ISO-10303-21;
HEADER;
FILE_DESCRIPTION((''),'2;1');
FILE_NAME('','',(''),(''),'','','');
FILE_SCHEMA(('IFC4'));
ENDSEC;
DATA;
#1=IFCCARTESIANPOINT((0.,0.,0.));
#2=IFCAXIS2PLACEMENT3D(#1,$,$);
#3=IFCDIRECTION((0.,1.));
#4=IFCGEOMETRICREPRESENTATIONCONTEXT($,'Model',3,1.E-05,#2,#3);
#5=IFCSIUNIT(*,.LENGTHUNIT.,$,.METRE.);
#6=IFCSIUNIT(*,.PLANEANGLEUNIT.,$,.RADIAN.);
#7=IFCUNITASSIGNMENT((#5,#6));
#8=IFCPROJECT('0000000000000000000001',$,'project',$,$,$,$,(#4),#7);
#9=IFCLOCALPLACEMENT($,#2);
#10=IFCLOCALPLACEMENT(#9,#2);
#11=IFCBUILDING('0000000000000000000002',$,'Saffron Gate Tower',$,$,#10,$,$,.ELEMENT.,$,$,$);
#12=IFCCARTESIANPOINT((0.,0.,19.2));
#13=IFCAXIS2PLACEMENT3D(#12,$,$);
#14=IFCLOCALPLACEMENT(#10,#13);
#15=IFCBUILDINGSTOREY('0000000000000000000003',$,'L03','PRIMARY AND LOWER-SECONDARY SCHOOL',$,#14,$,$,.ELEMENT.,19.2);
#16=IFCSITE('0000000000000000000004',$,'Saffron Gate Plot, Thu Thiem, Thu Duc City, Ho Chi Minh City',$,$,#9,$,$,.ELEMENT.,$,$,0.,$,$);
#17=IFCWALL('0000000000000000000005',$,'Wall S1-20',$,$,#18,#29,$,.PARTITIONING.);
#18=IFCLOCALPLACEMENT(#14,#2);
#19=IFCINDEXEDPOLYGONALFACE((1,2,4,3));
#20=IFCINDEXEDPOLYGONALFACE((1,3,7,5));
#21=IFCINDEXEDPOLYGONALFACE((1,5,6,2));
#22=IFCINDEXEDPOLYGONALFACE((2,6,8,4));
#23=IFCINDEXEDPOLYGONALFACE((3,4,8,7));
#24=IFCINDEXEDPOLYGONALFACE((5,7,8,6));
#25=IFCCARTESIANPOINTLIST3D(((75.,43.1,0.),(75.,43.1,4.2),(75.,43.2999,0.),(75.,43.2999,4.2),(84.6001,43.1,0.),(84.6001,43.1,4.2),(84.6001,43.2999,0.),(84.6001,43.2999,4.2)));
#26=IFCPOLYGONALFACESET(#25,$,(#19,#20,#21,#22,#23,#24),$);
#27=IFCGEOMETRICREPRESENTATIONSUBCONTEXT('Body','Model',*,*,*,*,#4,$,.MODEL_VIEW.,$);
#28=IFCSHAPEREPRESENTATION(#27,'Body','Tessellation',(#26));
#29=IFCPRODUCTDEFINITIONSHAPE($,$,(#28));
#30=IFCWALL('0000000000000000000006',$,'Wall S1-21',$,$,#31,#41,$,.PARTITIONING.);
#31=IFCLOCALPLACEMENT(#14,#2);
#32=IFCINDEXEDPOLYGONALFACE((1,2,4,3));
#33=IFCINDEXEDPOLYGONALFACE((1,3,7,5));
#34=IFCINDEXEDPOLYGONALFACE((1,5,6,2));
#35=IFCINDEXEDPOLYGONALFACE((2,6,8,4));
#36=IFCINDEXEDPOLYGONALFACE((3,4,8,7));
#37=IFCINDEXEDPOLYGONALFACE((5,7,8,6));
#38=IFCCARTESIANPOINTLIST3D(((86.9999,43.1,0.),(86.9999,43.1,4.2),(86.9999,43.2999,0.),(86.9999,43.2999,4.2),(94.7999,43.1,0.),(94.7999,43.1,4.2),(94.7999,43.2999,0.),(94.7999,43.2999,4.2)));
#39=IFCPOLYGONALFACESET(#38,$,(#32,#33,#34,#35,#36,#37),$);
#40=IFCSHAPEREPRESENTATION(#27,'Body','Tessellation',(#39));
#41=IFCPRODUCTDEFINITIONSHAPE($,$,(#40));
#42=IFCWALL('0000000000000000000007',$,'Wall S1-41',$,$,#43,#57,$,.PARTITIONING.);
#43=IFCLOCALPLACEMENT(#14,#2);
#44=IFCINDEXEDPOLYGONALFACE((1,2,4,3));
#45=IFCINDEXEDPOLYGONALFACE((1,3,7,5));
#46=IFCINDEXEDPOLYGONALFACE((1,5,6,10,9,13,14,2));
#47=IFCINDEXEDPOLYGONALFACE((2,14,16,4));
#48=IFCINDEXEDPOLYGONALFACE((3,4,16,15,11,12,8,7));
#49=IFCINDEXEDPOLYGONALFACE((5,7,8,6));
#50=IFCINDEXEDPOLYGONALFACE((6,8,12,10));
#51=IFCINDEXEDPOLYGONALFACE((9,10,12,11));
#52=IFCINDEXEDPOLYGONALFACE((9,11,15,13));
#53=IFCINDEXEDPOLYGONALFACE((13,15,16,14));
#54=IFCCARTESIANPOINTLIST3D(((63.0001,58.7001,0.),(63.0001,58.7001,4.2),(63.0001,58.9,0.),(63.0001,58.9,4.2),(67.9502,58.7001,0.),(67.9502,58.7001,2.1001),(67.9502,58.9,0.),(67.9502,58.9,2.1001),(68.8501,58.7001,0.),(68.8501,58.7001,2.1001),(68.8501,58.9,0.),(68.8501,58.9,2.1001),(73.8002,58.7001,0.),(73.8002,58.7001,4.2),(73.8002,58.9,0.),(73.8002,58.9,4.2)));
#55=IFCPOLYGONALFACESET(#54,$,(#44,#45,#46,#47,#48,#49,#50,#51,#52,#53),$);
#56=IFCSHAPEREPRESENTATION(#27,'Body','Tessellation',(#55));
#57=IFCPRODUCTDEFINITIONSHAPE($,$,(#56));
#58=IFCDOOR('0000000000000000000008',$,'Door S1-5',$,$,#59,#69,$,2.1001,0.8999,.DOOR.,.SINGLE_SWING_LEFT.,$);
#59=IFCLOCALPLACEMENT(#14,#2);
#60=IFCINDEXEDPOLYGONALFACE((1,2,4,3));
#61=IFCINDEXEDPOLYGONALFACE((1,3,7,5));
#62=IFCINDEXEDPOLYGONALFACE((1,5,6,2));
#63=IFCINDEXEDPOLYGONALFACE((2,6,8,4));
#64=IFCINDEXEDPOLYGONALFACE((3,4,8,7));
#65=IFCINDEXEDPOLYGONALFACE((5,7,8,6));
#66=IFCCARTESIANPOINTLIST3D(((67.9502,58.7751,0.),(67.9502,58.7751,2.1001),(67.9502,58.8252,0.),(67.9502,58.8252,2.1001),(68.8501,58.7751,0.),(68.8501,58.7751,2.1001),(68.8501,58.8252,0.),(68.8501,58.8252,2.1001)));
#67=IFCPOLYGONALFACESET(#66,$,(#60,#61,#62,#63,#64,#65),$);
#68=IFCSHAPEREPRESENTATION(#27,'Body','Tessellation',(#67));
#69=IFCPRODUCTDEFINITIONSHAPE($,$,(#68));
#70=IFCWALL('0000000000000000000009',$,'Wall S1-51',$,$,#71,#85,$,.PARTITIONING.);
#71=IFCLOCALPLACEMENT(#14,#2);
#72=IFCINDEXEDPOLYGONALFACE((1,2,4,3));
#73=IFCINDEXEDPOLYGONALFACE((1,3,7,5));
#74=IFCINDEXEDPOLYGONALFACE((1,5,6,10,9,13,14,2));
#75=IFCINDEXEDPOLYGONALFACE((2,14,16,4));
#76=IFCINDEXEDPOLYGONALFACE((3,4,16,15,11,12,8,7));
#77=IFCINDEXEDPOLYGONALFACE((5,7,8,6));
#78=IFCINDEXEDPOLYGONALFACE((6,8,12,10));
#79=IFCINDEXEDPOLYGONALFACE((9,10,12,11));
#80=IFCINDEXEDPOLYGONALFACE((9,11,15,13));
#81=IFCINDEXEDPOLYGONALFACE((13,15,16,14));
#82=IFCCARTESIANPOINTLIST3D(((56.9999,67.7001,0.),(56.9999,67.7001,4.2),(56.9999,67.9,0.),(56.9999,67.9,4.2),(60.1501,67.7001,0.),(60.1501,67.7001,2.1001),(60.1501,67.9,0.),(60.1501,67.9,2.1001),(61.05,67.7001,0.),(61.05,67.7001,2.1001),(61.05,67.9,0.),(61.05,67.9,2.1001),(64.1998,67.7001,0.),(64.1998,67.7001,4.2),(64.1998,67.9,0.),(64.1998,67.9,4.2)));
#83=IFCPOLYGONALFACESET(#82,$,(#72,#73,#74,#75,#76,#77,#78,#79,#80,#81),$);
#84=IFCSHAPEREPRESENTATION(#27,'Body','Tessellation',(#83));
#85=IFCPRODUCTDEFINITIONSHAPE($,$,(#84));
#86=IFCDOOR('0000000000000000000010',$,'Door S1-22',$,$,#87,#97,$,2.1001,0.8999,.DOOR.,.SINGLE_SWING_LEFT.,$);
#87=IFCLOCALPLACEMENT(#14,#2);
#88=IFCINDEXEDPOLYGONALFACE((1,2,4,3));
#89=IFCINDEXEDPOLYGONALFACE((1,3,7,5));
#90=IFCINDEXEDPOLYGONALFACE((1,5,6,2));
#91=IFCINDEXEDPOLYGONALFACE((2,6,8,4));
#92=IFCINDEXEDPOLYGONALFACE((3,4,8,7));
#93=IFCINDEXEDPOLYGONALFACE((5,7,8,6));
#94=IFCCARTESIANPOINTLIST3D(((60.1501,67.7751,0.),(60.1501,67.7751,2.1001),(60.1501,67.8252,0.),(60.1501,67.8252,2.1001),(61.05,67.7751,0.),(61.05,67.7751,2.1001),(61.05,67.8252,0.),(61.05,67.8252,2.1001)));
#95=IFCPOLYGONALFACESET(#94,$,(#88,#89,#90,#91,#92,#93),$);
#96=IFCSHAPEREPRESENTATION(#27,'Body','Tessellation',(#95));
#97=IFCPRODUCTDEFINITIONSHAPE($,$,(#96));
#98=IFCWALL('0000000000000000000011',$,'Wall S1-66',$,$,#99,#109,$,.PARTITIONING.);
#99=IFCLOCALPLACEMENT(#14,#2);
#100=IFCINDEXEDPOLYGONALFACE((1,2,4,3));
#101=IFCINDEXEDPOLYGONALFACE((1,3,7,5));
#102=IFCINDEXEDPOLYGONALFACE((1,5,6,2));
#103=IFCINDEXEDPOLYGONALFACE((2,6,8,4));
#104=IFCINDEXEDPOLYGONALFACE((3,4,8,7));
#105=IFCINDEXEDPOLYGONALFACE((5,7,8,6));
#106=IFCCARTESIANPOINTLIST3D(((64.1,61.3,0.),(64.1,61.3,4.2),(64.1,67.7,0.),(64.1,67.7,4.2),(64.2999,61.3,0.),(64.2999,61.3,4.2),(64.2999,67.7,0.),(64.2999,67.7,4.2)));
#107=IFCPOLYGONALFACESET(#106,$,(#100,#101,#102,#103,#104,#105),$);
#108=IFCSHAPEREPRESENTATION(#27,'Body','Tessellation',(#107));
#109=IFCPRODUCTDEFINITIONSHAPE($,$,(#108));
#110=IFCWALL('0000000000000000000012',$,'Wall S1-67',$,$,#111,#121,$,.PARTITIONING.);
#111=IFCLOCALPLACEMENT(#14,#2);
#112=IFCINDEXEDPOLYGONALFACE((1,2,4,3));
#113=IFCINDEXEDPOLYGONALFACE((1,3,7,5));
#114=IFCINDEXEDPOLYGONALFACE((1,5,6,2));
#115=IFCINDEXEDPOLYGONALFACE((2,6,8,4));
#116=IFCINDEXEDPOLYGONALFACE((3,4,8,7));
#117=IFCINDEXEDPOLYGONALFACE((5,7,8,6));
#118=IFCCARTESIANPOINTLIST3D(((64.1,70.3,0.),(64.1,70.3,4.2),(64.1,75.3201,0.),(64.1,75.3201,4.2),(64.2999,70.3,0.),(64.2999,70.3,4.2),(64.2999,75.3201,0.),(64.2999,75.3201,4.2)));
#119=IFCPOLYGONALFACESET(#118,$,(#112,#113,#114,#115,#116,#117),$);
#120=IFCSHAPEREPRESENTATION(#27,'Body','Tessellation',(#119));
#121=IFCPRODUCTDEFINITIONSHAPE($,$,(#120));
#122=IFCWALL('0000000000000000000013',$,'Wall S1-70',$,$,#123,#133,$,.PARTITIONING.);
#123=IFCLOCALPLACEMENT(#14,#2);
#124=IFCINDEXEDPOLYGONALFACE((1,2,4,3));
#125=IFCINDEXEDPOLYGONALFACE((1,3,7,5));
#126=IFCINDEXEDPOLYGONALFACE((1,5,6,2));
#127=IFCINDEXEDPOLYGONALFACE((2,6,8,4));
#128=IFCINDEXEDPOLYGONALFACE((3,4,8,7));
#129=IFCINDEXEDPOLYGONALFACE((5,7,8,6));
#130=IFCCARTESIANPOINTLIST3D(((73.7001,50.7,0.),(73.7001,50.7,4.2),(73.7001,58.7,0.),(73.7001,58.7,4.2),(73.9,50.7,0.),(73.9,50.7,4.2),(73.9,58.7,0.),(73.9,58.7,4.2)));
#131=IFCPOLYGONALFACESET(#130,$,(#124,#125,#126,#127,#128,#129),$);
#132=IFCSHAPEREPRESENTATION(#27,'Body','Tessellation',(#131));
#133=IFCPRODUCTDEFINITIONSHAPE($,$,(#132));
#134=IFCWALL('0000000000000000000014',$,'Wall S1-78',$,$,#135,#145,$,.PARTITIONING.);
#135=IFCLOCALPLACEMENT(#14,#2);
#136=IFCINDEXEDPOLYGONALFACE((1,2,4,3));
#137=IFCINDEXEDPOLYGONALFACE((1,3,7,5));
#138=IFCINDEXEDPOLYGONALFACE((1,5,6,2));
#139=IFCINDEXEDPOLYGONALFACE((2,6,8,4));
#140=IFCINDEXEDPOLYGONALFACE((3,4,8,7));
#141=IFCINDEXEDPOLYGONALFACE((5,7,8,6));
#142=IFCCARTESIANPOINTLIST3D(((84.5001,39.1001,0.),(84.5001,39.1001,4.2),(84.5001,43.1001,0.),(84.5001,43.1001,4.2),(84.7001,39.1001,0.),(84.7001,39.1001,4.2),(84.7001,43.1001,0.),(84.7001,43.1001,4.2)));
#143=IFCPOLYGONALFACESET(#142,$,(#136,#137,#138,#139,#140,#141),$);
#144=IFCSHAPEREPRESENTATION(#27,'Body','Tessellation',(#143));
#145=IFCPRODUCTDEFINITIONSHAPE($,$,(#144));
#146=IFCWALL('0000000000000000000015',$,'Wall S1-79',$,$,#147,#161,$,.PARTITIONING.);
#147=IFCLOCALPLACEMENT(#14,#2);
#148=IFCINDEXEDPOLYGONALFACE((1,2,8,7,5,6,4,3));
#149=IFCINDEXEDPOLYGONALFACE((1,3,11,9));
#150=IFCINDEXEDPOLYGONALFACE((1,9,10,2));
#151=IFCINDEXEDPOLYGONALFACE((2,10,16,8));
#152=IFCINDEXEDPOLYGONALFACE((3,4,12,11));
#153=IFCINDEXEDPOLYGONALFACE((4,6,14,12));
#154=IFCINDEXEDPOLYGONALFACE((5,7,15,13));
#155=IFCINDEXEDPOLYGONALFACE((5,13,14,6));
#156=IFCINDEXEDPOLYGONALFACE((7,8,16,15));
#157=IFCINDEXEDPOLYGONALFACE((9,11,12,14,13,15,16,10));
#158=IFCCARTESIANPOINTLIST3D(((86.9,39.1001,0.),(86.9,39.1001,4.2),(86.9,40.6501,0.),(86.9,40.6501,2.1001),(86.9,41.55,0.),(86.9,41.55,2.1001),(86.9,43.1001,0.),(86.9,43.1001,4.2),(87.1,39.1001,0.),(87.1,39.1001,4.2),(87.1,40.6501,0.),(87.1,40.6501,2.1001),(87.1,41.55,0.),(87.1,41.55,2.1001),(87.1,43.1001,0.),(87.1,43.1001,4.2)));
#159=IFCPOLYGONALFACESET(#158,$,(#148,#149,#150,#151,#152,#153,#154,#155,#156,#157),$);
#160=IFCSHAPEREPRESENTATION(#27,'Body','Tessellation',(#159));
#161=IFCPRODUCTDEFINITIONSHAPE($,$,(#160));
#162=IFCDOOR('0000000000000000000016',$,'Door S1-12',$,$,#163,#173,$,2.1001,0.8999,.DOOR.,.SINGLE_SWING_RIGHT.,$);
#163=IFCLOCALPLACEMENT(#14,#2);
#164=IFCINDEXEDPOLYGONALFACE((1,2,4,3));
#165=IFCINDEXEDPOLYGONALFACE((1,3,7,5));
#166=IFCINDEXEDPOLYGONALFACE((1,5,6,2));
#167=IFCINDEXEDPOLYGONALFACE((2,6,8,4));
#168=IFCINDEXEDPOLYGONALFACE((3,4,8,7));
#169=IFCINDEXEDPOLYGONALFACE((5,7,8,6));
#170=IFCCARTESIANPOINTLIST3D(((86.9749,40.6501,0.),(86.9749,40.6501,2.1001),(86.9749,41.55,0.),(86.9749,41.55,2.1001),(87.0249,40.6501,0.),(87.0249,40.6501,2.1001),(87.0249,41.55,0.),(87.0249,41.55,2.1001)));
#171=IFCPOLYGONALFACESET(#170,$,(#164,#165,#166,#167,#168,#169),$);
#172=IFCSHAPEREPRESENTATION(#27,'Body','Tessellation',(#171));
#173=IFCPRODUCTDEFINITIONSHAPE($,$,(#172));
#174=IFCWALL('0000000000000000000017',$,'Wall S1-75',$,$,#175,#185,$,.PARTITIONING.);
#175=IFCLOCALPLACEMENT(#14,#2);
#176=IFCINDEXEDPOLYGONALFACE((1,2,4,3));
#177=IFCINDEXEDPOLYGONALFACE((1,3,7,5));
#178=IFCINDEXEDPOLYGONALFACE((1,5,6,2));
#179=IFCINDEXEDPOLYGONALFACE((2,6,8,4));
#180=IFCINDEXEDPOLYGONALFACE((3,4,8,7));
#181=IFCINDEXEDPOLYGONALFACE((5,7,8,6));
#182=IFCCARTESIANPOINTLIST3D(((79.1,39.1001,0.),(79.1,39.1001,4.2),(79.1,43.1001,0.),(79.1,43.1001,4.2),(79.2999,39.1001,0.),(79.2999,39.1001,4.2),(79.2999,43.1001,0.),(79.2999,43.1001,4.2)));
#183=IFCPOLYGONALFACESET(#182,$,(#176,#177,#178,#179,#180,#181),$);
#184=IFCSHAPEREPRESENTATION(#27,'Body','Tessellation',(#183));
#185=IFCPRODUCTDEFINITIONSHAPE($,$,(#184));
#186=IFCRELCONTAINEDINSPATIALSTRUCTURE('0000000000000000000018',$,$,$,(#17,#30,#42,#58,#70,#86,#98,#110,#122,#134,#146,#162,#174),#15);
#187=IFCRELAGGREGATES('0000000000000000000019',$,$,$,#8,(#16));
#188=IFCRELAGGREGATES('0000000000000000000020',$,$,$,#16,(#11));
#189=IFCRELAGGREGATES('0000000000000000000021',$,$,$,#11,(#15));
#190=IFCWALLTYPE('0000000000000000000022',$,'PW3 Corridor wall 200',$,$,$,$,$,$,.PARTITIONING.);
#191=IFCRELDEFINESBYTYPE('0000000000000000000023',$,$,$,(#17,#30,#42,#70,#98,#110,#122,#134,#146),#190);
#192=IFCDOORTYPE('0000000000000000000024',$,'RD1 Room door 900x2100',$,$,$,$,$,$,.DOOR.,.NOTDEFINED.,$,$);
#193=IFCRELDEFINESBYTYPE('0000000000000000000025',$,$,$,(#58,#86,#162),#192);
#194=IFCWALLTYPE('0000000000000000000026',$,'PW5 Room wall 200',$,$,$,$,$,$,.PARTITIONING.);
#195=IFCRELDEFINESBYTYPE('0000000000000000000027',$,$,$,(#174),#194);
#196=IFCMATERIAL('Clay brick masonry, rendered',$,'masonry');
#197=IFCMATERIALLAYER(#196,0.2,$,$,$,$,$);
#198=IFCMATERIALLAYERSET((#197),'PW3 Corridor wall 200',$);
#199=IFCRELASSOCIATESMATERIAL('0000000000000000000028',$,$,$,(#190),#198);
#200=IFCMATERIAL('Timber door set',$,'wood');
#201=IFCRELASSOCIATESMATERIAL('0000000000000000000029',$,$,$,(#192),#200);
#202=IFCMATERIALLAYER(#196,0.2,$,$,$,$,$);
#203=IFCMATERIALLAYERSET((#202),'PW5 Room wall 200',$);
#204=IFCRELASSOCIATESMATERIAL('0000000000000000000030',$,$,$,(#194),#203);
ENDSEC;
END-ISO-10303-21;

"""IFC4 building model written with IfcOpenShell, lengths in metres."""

from ifc_helpers import new_model, si_unit, direction, frame, frame_2d, origin, place, context, subcontext, project, spatial, rectangle, extrude, material, layer, layer_set, type_object, element, fill, save


model = new_model("IFC4")

# Units and contexts
model_context = context("Model", 3, precision=1e-05, world=origin(), true_north=direction((0.0, 1.0)))
body_context = subcontext(model_context, "Body", "Model", "MODEL_VIEW")
ifc_project = project(units=[si_unit("LENGTHUNIT", "METRE"), si_unit("PLANEANGLEUNIT", "RADIAN")], contexts=[model_context])

# Site, building, storey
site_placement = place(None, origin())
site = spatial("IfcSite", under=ifc_project, at=site_placement, Name="Saffron Gate Plot, Thu Thiem, Thu Duc City, Ho Chi Minh City", CompositionType="ELEMENT", RefElevation=0.0)
building_placement = place(site_placement, origin())
building = spatial("IfcBuilding", under=site, at=building_placement, Name="Saffron Gate Tower", CompositionType="ELEMENT")
storey_placement = place(building_placement, frame((0.0, 0.0, 19.2)))
storey = spatial("IfcBuildingStorey", under=building, at=storey_placement, Name="L03", Description="PRIMARY AND LOWER-SECONDARY SCHOOL", CompositionType="ELEMENT", Elevation=19.2)

# Walls
ifc_material_1 = material(Name="Clay brick masonry, rendered", Category="masonry")
ifc_layer_1 = layer(ifc_material_1, 0.2)
ifc_layer_set_1 = layer_set([ifc_layer_1], Name="PW3 Corridor wall 200")
wall_type_1 = type_object("IfcWallType", Name="PW3 Corridor wall 200", PredefinedType="PARTITIONING", material=ifc_layer_set_1)
wall_1_placement = place(storey_placement, frame((75.0, 43.2, 0.0), z_axis=(0.0, 0.0, 1.0), x_axis=(1.0, 0.0, 0.0)))
element("IfcWall", 1, at=wall_1_placement, inside=storey, type_object=wall_type_1, Name="Wall S1-20", PredefinedType="PARTITIONING", context=body_context, shape_type="SweptSolid", body=[
    extrude(rectangle(XDim=9.6001, YDim=0.2, at=frame_2d((4.8, 0.0))), origin(), (0.0, 0.0, 1.0), 4.2),
])
wall_2_placement = place(storey_placement, frame((87.0, 43.2, 0.0), z_axis=(0.0, 0.0, 1.0), x_axis=(1.0, 0.0, 0.0)))
element("IfcWall", 2, at=wall_2_placement, inside=storey, type_object=wall_type_1, Name="Wall S1-21", PredefinedType="PARTITIONING", context=body_context, shape_type="SweptSolid", body=[
    extrude(rectangle(XDim=7.8, YDim=0.2, at=frame_2d((3.8999, 0.0))), origin(), (0.0, 0.0, 1.0), 4.2),
])

# Walls, openings, doors
wall_3_placement = place(storey_placement, frame((73.8, 58.8, 0.0), z_axis=(0.0, 0.0, 1.0), x_axis=(-1.0, 0.0, 0.0)))
wall_3 = element("IfcWall", 3, at=wall_3_placement, inside=storey, type_object=wall_type_1, Name="Wall S1-41", PredefinedType="PARTITIONING", context=body_context, shape_type="SweptSolid", body=[
    extrude(rectangle(XDim=10.8, YDim=0.2, at=frame_2d((5.3999, 0.0))), origin(), (0.0, 0.0, 1.0), 4.2),
])
opening_1_placement = place(wall_3_placement, frame((4.95, 0.0, 0.0)))
opening_1 = element("IfcOpeningElement", 4, at=opening_1_placement, cuts=wall_3, PredefinedType="OPENING", context=body_context, shape_type="SweptSolid", body=[
    extrude(rectangle(XDim=0.8999, YDim=2.1001, at=frame_2d((0.45, 1.05))), frame((0.0, 0.1099, 0.0), z_axis=(0.0, -1.0, 0.0), x_axis=(1.0, 0.0, 0.0)), (0.0, 0.0, 1.0), 0.22),
])
ifc_material_2 = material(Name="Timber door set", Category="wood")
door_type = type_object("IfcDoorType", Name="RD1 Room door 900x2100", OperationType="NOTDEFINED", PredefinedType="DOOR", material=ifc_material_2)
door_1_placement = place(opening_1_placement, origin())
door_1 = element("IfcDoor", 5, at=door_1_placement, inside=storey, type_object=door_type, Name="Door S1-5", OperationType="SINGLE_SWING_LEFT", OverallHeight=2.1001, OverallWidth=0.8999, PredefinedType="DOOR", context=body_context, shape_type="SweptSolid", body=[
    extrude(rectangle(XDim=0.8999, YDim=2.1001, at=frame_2d((0.45, 1.05))), frame((0.0, 0.0249, 0.0), z_axis=(0.0, -1.0, 0.0), x_axis=(1.0, 0.0, 0.0)), (0.0, 0.0, 1.0), 0.05),
])
fill(opening_1, door_1)
wall_4_placement = place(storey_placement, frame((64.2, 67.8, 0.0), z_axis=(0.0, 0.0, 1.0), x_axis=(-1.0, 0.0, 0.0)))
wall_4 = element("IfcWall", 6, at=wall_4_placement, inside=storey, type_object=wall_type_1, Name="Wall S1-51", PredefinedType="PARTITIONING", context=body_context, shape_type="SweptSolid", body=[
    extrude(rectangle(XDim=7.2, YDim=0.2, at=frame_2d((3.6001, 0.0))), origin(), (0.0, 0.0, 1.0), 4.2),
])
opening_2_placement = place(wall_4_placement, frame((3.1499, 0.0, 0.0)))
opening_2 = element("IfcOpeningElement", 7, at=opening_2_placement, cuts=wall_4, PredefinedType="OPENING", context=body_context, shape_type="SweptSolid", body=[
    extrude(rectangle(XDim=0.8999, YDim=2.1001, at=frame_2d((0.45, 1.05))), frame((0.0, 0.1099, 0.0), z_axis=(0.0, -1.0, 0.0), x_axis=(1.0, 0.0, 0.0)), (0.0, 0.0, 1.0), 0.22),
])
door_2_placement = place(opening_2_placement, origin())
door_2 = element("IfcDoor", 8, at=door_2_placement, inside=storey, type_object=door_type, Name="Door S1-22", OperationType="SINGLE_SWING_LEFT", OverallHeight=2.1001, OverallWidth=0.8999, PredefinedType="DOOR", context=body_context, shape_type="SweptSolid", body=[
    extrude(rectangle(XDim=0.8999, YDim=2.1001, at=frame_2d((0.45, 1.05))), frame((0.0, 0.0249, 0.0), z_axis=(0.0, -1.0, 0.0), x_axis=(1.0, 0.0, 0.0)), (0.0, 0.0, 1.0), 0.05),
])
fill(opening_2, door_2)

# Walls
wall_5_placement = place(storey_placement, frame((64.2, 67.7, 0.0), z_axis=(0.0, 0.0, 1.0), x_axis=(0.0, -1.0, 0.0)))
element("IfcWall", 9, at=wall_5_placement, inside=storey, type_object=wall_type_1, Name="Wall S1-66", PredefinedType="PARTITIONING", context=body_context, shape_type="SweptSolid", body=[
    extrude(rectangle(XDim=6.3999, YDim=0.2, at=frame_2d((3.2, 0.0))), origin(), (0.0, 0.0, 1.0), 4.2),
])
wall_6_placement = place(storey_placement, frame((64.2, 75.3201, 0.0), z_axis=(0.0, 0.0, 1.0), x_axis=(0.0, -1.0, 0.0)))
element("IfcWall", 10, at=wall_6_placement, inside=storey, type_object=wall_type_1, Name="Wall S1-67", PredefinedType="PARTITIONING", context=body_context, shape_type="SweptSolid", body=[
    extrude(rectangle(XDim=5.02, YDim=0.2, at=frame_2d((2.51, 0.0))), origin(), (0.0, 0.0, 1.0), 4.2),
])
wall_7_placement = place(storey_placement, frame((73.8, 58.7, 0.0), z_axis=(0.0, 0.0, 1.0), x_axis=(0.0, -1.0, 0.0)))
element("IfcWall", 11, at=wall_7_placement, inside=storey, type_object=wall_type_1, Name="Wall S1-70", PredefinedType="PARTITIONING", context=body_context, shape_type="SweptSolid", body=[
    extrude(rectangle(XDim=8.0, YDim=0.2, at=frame_2d((4.0, 0.0))), origin(), (0.0, 0.0, 1.0), 4.2),
])
wall_8_placement = place(storey_placement, frame((84.6001, 43.1001, 0.0), z_axis=(0.0, 0.0, 1.0), x_axis=(0.0, -1.0, 0.0)))
element("IfcWall", 12, at=wall_8_placement, inside=storey, type_object=wall_type_1, Name="Wall S1-78", PredefinedType="PARTITIONING", context=body_context, shape_type="SweptSolid", body=[
    extrude(rectangle(XDim=4.0, YDim=0.2, at=frame_2d((2.0, 0.0))), origin(), (0.0, 0.0, 1.0), 4.2),
])

# Wall, opening, door
wall_9_placement = place(storey_placement, frame((87.0, 43.1001, 0.0), z_axis=(0.0, 0.0, 1.0), x_axis=(0.0, -1.0, 0.0)))
wall_9 = element("IfcWall", 13, at=wall_9_placement, inside=storey, type_object=wall_type_1, Name="Wall S1-79", PredefinedType="PARTITIONING", context=body_context, shape_type="SweptSolid", body=[
    extrude(rectangle(XDim=4.0, YDim=0.2, at=frame_2d((2.0, 0.0))), origin(), (0.0, 0.0, 1.0), 4.2),
])
opening_3_placement = place(wall_9_placement, frame((1.55, 0.0, 0.0)))
opening_3 = element("IfcOpeningElement", 14, at=opening_3_placement, cuts=wall_9, PredefinedType="OPENING", context=body_context, shape_type="SweptSolid", body=[
    extrude(rectangle(XDim=0.8999, YDim=2.1001, at=frame_2d((0.45, 1.05))), frame((0.0, 0.1099, 0.0), z_axis=(0.0, -1.0, 0.0), x_axis=(1.0, 0.0, 0.0)), (0.0, 0.0, 1.0), 0.22),
])
door_3_placement = place(opening_3_placement, origin())
door_3 = element("IfcDoor", 15, at=door_3_placement, inside=storey, type_object=door_type, Name="Door S1-12", OperationType="SINGLE_SWING_RIGHT", OverallHeight=2.1001, OverallWidth=0.8999, PredefinedType="DOOR", context=body_context, shape_type="SweptSolid", body=[
    extrude(rectangle(XDim=0.8999, YDim=2.1001, at=frame_2d((0.45, 1.05))), frame((0.0, 0.0249, 0.0), z_axis=(0.0, -1.0, 0.0), x_axis=(1.0, 0.0, 0.0)), (0.0, 0.0, 1.0), 0.05),
])
fill(opening_3, door_3)

# Wall
ifc_layer_2 = layer(ifc_material_1, 0.2)
ifc_layer_set_2 = layer_set([ifc_layer_2], Name="PW5 Room wall 200")
wall_type_2 = type_object("IfcWallType", Name="PW5 Room wall 200", PredefinedType="PARTITIONING", material=ifc_layer_set_2)
wall_10_placement = place(storey_placement, frame((79.2, 43.1001, 0.0), z_axis=(0.0, 0.0, 1.0), x_axis=(0.0, -1.0, 0.0)))
element("IfcWall", 16, at=wall_10_placement, inside=storey, type_object=wall_type_2, Name="Wall S1-75", PredefinedType="PARTITIONING", context=body_context, shape_type="SweptSolid", body=[
    extrude(rectangle(XDim=4.0, YDim=0.2, at=frame_2d((2.0, 0.0))), origin(), (0.0, 0.0, 1.0), 4.2),
])

save(model, "model.ifc")
